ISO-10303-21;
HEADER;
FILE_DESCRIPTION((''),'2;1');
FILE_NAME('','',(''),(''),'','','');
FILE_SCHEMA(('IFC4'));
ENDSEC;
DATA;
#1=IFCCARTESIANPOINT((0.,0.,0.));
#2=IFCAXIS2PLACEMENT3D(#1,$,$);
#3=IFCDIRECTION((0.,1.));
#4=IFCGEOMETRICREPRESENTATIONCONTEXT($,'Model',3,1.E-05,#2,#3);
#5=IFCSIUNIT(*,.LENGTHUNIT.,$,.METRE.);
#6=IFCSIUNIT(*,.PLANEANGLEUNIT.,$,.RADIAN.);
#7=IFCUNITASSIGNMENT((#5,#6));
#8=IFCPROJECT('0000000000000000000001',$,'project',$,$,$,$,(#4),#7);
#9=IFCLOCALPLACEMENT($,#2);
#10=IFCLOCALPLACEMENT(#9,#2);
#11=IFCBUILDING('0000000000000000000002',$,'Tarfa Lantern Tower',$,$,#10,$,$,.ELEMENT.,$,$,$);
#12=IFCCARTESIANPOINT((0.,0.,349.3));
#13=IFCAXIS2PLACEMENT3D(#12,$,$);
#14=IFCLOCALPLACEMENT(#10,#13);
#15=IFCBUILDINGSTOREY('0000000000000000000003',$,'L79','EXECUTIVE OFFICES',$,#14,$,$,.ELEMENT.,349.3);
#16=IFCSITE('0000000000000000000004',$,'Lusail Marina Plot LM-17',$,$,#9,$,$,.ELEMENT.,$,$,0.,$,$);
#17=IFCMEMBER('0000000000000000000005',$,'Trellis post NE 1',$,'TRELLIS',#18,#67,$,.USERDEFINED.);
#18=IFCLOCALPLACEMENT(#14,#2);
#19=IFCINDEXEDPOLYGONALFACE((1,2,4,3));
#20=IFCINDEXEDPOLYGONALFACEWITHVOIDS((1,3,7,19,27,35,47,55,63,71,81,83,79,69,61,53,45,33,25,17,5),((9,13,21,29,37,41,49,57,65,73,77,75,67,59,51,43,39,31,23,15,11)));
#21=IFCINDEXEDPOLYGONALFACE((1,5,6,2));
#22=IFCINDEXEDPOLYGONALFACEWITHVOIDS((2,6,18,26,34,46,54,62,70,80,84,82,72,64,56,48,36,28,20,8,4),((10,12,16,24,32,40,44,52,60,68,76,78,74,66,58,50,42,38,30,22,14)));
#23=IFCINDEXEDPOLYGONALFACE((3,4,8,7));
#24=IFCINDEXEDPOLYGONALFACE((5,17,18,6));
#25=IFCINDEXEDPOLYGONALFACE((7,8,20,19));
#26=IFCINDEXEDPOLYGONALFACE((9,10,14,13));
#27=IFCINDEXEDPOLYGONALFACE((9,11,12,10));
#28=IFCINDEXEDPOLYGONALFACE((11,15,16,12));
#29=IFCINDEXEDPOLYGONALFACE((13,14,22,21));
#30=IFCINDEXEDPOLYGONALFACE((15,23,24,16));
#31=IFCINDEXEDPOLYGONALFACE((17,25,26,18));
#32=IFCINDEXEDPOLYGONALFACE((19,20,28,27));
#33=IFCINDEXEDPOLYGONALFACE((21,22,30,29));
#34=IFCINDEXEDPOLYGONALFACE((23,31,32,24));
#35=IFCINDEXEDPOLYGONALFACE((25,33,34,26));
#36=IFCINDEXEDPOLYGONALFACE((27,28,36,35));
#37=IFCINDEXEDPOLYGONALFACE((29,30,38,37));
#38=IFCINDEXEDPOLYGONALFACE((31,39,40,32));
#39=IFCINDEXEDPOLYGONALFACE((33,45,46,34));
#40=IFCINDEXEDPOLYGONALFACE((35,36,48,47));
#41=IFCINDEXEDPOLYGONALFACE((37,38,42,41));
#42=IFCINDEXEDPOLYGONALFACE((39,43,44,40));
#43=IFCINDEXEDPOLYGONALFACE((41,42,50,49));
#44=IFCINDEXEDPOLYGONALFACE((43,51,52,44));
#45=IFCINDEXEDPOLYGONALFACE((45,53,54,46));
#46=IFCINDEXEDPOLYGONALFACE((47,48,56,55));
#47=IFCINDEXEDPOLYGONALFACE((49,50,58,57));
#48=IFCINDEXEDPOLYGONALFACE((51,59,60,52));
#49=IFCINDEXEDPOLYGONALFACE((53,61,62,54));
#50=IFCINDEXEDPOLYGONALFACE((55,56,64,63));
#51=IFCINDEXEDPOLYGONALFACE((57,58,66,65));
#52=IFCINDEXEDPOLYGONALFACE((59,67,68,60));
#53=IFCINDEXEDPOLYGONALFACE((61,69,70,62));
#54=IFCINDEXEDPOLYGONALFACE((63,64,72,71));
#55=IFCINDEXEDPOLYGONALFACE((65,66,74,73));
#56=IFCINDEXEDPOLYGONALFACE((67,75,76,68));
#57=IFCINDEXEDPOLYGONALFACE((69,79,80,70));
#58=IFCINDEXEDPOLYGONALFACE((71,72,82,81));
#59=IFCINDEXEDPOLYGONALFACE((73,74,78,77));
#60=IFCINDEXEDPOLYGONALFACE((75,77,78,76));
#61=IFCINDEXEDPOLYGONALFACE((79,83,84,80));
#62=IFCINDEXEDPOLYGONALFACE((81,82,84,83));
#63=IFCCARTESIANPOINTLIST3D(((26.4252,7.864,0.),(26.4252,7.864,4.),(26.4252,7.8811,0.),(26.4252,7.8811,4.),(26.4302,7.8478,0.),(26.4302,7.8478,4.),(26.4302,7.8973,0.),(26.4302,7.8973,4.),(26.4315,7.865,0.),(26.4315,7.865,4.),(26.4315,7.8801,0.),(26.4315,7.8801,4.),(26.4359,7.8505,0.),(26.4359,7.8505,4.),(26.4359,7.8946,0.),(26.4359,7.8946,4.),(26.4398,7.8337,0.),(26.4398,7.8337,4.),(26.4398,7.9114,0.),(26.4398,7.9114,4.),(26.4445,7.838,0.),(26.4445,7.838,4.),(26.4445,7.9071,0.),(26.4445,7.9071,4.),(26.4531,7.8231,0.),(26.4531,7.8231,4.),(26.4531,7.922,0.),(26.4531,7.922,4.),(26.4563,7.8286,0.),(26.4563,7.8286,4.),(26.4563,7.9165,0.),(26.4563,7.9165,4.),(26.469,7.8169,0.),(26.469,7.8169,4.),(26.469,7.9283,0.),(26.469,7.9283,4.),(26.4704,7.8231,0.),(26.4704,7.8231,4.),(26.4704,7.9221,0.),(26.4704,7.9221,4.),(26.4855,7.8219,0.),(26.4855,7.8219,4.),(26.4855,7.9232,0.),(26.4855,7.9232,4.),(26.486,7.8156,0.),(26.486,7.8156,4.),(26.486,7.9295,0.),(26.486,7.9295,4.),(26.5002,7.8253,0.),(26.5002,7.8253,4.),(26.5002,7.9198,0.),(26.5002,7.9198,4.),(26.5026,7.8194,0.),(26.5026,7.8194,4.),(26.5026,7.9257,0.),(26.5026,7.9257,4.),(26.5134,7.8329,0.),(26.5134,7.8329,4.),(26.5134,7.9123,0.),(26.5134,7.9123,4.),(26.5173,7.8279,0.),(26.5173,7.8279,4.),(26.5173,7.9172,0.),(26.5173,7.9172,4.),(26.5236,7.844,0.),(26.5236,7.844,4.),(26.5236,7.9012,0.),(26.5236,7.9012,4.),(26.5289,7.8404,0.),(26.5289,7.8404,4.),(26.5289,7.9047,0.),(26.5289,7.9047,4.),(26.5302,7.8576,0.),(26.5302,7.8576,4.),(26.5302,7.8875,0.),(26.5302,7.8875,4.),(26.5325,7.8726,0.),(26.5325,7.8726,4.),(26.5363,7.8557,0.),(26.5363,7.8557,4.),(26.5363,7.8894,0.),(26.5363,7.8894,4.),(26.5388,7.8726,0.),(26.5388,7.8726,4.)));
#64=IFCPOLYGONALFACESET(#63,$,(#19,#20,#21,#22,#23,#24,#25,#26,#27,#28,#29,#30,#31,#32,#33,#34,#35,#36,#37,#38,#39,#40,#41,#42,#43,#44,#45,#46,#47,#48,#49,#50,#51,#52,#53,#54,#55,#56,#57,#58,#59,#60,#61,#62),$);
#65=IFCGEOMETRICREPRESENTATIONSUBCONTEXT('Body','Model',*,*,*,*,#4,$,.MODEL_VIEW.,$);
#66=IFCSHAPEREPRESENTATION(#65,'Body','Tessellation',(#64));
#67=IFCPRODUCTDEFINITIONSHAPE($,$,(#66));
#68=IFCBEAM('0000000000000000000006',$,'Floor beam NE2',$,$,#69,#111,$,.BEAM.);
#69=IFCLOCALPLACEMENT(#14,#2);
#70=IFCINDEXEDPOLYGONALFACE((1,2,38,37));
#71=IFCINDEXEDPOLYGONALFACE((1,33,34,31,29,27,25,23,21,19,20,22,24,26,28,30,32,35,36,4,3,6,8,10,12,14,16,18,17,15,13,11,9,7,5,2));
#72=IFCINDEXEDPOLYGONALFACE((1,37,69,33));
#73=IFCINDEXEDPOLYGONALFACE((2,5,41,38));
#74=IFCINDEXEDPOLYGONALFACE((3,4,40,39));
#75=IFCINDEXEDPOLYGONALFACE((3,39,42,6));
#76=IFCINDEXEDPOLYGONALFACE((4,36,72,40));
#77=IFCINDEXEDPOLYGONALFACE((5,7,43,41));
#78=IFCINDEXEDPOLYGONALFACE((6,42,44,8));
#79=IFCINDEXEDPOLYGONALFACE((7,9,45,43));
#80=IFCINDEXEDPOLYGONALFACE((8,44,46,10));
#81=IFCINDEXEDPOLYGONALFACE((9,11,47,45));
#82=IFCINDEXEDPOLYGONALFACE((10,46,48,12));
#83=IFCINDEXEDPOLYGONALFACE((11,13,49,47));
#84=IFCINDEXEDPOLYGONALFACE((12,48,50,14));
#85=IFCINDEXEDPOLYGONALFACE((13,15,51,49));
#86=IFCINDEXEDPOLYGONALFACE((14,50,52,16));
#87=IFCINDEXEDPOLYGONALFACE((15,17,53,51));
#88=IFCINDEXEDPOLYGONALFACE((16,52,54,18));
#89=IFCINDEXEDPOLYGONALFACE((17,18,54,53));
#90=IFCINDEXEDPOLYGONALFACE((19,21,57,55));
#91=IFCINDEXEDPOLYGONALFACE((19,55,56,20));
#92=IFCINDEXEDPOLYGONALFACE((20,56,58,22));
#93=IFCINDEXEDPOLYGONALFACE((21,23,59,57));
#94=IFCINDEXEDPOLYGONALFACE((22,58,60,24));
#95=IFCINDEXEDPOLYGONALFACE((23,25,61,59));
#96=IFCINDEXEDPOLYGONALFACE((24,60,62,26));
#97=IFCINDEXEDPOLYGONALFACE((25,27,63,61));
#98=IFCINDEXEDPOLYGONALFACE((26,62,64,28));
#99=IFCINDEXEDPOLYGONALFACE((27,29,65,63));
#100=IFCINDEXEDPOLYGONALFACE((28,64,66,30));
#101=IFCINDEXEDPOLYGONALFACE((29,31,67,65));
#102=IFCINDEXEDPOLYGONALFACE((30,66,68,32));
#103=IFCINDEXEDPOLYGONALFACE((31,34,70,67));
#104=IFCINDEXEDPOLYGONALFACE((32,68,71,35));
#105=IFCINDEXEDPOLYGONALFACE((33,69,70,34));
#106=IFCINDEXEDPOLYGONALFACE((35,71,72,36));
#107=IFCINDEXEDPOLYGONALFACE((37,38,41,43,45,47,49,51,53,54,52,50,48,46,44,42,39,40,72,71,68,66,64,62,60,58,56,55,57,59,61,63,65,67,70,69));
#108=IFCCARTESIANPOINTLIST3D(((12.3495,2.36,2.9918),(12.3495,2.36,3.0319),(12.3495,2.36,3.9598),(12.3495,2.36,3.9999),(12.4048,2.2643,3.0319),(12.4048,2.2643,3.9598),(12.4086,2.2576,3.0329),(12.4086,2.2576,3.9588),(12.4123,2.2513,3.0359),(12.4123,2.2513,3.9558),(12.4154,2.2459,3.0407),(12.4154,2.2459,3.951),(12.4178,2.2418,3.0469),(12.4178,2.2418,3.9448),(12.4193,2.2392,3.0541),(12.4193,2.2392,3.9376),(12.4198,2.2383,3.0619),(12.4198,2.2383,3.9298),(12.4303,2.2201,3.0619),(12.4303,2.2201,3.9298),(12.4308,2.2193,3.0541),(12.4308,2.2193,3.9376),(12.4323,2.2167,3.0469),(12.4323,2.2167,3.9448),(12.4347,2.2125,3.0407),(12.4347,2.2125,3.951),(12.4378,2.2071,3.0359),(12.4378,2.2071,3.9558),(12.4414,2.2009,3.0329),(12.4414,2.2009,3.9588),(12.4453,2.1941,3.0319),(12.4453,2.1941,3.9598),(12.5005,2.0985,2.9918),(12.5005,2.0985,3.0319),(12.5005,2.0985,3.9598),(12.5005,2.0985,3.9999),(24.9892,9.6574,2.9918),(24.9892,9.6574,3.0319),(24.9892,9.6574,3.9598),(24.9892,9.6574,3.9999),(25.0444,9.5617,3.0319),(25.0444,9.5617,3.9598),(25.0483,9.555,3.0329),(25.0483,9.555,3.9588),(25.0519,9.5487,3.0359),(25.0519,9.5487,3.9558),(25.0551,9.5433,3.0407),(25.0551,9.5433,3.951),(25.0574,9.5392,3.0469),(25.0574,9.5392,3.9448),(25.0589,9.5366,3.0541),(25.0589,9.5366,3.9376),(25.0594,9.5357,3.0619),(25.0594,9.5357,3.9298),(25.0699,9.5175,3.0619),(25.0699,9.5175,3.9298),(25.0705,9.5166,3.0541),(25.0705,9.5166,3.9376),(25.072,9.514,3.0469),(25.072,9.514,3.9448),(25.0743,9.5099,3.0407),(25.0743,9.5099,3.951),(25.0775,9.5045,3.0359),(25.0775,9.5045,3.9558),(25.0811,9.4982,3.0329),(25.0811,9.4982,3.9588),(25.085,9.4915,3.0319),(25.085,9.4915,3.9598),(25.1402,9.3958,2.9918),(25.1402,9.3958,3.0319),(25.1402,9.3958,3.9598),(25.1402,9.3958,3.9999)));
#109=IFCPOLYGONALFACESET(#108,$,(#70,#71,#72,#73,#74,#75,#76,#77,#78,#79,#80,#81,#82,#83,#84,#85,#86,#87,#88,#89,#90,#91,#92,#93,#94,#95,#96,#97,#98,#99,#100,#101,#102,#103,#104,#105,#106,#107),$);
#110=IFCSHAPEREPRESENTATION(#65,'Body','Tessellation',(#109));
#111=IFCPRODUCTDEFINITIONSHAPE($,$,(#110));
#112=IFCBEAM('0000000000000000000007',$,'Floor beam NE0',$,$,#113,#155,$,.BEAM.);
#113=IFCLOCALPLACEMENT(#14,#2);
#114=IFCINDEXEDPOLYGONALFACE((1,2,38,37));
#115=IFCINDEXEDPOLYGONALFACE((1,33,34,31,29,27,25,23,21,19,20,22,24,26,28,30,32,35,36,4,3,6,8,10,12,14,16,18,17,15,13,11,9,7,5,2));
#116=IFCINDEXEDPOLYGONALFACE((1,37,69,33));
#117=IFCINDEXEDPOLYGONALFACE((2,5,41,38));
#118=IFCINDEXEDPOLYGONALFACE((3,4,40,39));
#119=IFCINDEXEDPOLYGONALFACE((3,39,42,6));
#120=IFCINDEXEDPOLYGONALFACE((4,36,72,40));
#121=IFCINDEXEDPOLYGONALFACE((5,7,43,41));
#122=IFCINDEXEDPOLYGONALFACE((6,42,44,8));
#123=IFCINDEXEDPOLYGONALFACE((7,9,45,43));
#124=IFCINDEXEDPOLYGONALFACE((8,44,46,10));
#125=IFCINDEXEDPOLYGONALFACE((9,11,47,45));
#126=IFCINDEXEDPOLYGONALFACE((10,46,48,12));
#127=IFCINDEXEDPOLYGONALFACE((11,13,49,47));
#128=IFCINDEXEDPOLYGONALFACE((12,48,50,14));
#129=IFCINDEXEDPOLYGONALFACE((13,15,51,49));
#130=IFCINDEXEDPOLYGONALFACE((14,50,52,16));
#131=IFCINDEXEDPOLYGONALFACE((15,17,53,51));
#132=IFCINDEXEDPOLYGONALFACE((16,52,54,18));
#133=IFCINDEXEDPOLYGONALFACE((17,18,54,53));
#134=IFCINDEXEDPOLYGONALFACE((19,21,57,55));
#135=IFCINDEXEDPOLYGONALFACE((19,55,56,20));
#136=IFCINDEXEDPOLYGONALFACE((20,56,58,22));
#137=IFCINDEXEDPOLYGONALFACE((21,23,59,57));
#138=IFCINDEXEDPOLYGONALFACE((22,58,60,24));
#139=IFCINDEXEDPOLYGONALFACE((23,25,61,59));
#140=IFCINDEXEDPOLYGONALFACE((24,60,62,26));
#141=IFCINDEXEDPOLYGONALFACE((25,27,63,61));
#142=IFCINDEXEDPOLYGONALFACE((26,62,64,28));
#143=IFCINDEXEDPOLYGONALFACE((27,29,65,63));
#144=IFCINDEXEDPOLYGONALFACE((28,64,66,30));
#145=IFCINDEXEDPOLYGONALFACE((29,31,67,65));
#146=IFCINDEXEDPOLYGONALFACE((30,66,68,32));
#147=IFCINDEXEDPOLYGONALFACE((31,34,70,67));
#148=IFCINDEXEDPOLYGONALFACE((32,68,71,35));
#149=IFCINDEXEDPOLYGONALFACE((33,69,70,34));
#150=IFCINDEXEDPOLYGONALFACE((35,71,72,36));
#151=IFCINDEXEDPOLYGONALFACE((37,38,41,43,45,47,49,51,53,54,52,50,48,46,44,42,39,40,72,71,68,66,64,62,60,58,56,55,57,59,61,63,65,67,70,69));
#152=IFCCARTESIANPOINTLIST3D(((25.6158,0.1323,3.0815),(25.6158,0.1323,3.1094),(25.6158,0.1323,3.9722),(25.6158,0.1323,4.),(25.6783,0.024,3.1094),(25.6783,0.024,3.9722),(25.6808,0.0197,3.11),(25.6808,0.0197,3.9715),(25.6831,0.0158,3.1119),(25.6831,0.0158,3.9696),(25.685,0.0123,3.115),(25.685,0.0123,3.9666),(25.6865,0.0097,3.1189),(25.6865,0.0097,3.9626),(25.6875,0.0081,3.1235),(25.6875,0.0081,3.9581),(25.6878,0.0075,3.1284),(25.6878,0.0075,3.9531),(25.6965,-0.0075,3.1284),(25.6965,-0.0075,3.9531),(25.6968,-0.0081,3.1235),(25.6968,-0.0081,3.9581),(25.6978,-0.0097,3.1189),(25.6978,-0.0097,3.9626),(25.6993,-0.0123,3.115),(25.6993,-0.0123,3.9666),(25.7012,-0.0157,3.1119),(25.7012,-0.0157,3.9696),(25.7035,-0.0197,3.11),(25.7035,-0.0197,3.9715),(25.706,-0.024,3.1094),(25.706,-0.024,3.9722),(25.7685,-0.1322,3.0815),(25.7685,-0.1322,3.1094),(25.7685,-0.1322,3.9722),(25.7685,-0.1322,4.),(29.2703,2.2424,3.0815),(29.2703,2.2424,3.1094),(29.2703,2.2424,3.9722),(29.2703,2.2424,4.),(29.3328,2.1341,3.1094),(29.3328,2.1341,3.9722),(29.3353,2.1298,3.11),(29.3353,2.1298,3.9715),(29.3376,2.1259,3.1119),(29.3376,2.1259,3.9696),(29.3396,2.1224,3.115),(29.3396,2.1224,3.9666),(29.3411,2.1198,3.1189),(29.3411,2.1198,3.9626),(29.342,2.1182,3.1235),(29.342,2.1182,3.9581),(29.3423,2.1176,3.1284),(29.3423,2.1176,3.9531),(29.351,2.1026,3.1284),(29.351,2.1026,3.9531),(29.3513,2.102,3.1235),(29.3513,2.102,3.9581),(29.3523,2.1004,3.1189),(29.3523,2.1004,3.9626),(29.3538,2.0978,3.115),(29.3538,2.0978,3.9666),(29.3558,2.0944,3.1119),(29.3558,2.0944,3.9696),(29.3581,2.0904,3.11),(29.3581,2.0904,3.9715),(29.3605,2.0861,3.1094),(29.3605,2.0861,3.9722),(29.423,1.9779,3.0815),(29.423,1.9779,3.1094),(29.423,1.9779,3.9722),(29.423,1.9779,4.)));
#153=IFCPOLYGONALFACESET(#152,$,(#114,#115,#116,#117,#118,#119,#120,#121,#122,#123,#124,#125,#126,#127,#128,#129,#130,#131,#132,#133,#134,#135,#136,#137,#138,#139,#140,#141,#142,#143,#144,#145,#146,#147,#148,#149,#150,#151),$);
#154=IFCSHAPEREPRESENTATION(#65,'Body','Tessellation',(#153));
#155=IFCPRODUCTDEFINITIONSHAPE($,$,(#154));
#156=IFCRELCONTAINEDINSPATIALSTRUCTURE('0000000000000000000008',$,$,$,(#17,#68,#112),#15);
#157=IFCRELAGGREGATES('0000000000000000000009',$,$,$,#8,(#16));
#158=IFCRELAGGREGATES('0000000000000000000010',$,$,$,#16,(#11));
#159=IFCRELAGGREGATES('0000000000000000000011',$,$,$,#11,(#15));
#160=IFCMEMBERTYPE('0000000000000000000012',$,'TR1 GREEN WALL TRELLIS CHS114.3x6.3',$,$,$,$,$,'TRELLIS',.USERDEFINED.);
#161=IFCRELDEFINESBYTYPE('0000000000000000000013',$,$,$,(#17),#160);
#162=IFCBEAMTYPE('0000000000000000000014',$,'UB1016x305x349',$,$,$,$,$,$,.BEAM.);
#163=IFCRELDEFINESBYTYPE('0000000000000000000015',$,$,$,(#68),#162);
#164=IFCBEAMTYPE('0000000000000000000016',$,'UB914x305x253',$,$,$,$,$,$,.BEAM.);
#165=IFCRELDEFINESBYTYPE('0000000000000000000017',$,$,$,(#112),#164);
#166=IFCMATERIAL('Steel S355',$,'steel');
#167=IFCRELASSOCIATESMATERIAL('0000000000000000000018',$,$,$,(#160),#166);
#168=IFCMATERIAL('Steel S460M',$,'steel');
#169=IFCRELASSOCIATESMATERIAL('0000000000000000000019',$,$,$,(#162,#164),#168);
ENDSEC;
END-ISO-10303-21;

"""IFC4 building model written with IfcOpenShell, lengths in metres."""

from ifc_helpers import new_model, si_unit, direction, frame, origin, origin_2d, place, context, subcontext, project, spatial, hollow_circle, i_section, extrude, material, material_profile, profile_set, type_object, element, save


model = new_model("IFC4")

# Units and contexts
model_context = context("Model", 3, precision=1e-05, world=origin(), true_north=direction((0.0, 1.0)))
body_context = subcontext(model_context, "Body", "Model", "MODEL_VIEW")
ifc_project = project(units=[si_unit("LENGTHUNIT", "METRE"), si_unit("PLANEANGLEUNIT", "RADIAN")], contexts=[model_context])

# Site, building, storey
site_placement = place(None, origin())
site = spatial("IfcSite", under=ifc_project, at=site_placement, Name="Lusail Marina Plot LM-17", CompositionType="ELEMENT", RefElevation=0.0)
building_placement = place(site_placement, origin())
building = spatial("IfcBuilding", under=site, at=building_placement, Name="Tarfa Lantern Tower", CompositionType="ELEMENT")
storey_placement = place(building_placement, frame((0.0, 0.0, 349.3)))
storey = spatial("IfcBuildingStorey", under=building, at=storey_placement, Name="L79", Description="EXECUTIVE OFFICES", CompositionType="ELEMENT", Elevation=349.3)

# Member
ifc_material_1 = material(Name="Steel S355", Category="steel")
ifc_material_profile_1 = material_profile(ifc_material_1, hollow_circle(Radius=0.0571, WallThickness=0.0063, at=origin_2d()), Name="CHS114.3x6.3")
ifc_profile_set_1 = profile_set([ifc_material_profile_1], Name="Steel S355")
member_type_1 = type_object("IfcMemberType", Name="TR1 GREEN WALL TRELLIS CHS114.3x6.3", ElementType="TRELLIS", PredefinedType="USERDEFINED", material=ifc_profile_set_1)
member_1_placement = place(storey_placement, frame((26.4817, 7.8726, 0.0), z_axis=(0.0, 0.0, 1.0), x_axis=(1.0, 0.0, 0.0)))
element("IfcMember", 1, at=member_1_placement, inside=storey, type_object=member_type_1, Name="Trellis post NE 1", ObjectType="TRELLIS", PredefinedType="USERDEFINED", context=body_context, shape_type="SweptSolid", body=[
    extrude(hollow_circle(Radius=0.0571, WallThickness=0.0063, at=origin_2d()), origin(), (0.0, 0.0, 1.0), 4.0),
])

# Beams
ifc_material_2 = material(Name="Steel S460M", Category="steel")
ifc_material_profile_2 = material_profile(ifc_material_2, i_section(OverallWidth=0.302, OverallDepth=1.0081, WebThickness=0.021, FlangeThickness=0.04, FilletRadius=0.03, at=origin_2d()), Name="UB1016x305x349")
ifc_profile_set_2 = profile_set([ifc_material_profile_2], Name="Steel S460M")
beam_type_1 = type_object("IfcBeamType", Name="UB1016x305x349", PredefinedType="BEAM", material=ifc_profile_set_2)
beam_1_placement = place(storey_placement, frame((25.0647, 9.5266, 3.4958), z_axis=(-0.86603, -0.499993, 0.0), x_axis=(0.499993, -0.86603, 0.0)))
element("IfcBeam", 2, at=beam_1_placement, inside=storey, type_object=beam_type_1, Name="Floor beam NE2", PredefinedType="BEAM", context=body_context, shape_type="SweptSolid", body=[
    extrude(i_section(OverallWidth=0.302, OverallDepth=1.0081, WebThickness=0.021, FlangeThickness=0.04, FilletRadius=0.03, at=origin_2d()), origin(), (0.0, 0.0, 1.0), 14.595),
])
ifc_material_profile_3 = material_profile(ifc_material_2, i_section(OverallWidth=0.3054, OverallDepth=0.9185, WebThickness=0.0173, FlangeThickness=0.0278, FilletRadius=0.019, at=origin_2d()), Name="UB914x305x253")
ifc_profile_set_3 = profile_set([ifc_material_profile_3], Name="Steel S460M")
beam_type_2 = type_object("IfcBeamType", Name="UB914x305x253", PredefinedType="BEAM", material=ifc_profile_set_3)
beam_2_placement = place(storey_placement, frame((29.3467, 2.1101, 3.5408), z_axis=(-0.866009, -0.500028, 0.0), x_axis=(0.500028, -0.866009, 0.0)))
element("IfcBeam", 3, at=beam_2_placement, inside=storey, type_object=beam_type_2, Name="Floor beam NE0", PredefinedType="BEAM", context=body_context, shape_type="SweptSolid", body=[
    extrude(i_section(OverallWidth=0.3054, OverallDepth=0.9185, WebThickness=0.0173, FlangeThickness=0.0278, FilletRadius=0.019, at=origin_2d()), origin(), (0.0, 0.0, 1.0), 4.22),
])

save(model, "model.ifc")
